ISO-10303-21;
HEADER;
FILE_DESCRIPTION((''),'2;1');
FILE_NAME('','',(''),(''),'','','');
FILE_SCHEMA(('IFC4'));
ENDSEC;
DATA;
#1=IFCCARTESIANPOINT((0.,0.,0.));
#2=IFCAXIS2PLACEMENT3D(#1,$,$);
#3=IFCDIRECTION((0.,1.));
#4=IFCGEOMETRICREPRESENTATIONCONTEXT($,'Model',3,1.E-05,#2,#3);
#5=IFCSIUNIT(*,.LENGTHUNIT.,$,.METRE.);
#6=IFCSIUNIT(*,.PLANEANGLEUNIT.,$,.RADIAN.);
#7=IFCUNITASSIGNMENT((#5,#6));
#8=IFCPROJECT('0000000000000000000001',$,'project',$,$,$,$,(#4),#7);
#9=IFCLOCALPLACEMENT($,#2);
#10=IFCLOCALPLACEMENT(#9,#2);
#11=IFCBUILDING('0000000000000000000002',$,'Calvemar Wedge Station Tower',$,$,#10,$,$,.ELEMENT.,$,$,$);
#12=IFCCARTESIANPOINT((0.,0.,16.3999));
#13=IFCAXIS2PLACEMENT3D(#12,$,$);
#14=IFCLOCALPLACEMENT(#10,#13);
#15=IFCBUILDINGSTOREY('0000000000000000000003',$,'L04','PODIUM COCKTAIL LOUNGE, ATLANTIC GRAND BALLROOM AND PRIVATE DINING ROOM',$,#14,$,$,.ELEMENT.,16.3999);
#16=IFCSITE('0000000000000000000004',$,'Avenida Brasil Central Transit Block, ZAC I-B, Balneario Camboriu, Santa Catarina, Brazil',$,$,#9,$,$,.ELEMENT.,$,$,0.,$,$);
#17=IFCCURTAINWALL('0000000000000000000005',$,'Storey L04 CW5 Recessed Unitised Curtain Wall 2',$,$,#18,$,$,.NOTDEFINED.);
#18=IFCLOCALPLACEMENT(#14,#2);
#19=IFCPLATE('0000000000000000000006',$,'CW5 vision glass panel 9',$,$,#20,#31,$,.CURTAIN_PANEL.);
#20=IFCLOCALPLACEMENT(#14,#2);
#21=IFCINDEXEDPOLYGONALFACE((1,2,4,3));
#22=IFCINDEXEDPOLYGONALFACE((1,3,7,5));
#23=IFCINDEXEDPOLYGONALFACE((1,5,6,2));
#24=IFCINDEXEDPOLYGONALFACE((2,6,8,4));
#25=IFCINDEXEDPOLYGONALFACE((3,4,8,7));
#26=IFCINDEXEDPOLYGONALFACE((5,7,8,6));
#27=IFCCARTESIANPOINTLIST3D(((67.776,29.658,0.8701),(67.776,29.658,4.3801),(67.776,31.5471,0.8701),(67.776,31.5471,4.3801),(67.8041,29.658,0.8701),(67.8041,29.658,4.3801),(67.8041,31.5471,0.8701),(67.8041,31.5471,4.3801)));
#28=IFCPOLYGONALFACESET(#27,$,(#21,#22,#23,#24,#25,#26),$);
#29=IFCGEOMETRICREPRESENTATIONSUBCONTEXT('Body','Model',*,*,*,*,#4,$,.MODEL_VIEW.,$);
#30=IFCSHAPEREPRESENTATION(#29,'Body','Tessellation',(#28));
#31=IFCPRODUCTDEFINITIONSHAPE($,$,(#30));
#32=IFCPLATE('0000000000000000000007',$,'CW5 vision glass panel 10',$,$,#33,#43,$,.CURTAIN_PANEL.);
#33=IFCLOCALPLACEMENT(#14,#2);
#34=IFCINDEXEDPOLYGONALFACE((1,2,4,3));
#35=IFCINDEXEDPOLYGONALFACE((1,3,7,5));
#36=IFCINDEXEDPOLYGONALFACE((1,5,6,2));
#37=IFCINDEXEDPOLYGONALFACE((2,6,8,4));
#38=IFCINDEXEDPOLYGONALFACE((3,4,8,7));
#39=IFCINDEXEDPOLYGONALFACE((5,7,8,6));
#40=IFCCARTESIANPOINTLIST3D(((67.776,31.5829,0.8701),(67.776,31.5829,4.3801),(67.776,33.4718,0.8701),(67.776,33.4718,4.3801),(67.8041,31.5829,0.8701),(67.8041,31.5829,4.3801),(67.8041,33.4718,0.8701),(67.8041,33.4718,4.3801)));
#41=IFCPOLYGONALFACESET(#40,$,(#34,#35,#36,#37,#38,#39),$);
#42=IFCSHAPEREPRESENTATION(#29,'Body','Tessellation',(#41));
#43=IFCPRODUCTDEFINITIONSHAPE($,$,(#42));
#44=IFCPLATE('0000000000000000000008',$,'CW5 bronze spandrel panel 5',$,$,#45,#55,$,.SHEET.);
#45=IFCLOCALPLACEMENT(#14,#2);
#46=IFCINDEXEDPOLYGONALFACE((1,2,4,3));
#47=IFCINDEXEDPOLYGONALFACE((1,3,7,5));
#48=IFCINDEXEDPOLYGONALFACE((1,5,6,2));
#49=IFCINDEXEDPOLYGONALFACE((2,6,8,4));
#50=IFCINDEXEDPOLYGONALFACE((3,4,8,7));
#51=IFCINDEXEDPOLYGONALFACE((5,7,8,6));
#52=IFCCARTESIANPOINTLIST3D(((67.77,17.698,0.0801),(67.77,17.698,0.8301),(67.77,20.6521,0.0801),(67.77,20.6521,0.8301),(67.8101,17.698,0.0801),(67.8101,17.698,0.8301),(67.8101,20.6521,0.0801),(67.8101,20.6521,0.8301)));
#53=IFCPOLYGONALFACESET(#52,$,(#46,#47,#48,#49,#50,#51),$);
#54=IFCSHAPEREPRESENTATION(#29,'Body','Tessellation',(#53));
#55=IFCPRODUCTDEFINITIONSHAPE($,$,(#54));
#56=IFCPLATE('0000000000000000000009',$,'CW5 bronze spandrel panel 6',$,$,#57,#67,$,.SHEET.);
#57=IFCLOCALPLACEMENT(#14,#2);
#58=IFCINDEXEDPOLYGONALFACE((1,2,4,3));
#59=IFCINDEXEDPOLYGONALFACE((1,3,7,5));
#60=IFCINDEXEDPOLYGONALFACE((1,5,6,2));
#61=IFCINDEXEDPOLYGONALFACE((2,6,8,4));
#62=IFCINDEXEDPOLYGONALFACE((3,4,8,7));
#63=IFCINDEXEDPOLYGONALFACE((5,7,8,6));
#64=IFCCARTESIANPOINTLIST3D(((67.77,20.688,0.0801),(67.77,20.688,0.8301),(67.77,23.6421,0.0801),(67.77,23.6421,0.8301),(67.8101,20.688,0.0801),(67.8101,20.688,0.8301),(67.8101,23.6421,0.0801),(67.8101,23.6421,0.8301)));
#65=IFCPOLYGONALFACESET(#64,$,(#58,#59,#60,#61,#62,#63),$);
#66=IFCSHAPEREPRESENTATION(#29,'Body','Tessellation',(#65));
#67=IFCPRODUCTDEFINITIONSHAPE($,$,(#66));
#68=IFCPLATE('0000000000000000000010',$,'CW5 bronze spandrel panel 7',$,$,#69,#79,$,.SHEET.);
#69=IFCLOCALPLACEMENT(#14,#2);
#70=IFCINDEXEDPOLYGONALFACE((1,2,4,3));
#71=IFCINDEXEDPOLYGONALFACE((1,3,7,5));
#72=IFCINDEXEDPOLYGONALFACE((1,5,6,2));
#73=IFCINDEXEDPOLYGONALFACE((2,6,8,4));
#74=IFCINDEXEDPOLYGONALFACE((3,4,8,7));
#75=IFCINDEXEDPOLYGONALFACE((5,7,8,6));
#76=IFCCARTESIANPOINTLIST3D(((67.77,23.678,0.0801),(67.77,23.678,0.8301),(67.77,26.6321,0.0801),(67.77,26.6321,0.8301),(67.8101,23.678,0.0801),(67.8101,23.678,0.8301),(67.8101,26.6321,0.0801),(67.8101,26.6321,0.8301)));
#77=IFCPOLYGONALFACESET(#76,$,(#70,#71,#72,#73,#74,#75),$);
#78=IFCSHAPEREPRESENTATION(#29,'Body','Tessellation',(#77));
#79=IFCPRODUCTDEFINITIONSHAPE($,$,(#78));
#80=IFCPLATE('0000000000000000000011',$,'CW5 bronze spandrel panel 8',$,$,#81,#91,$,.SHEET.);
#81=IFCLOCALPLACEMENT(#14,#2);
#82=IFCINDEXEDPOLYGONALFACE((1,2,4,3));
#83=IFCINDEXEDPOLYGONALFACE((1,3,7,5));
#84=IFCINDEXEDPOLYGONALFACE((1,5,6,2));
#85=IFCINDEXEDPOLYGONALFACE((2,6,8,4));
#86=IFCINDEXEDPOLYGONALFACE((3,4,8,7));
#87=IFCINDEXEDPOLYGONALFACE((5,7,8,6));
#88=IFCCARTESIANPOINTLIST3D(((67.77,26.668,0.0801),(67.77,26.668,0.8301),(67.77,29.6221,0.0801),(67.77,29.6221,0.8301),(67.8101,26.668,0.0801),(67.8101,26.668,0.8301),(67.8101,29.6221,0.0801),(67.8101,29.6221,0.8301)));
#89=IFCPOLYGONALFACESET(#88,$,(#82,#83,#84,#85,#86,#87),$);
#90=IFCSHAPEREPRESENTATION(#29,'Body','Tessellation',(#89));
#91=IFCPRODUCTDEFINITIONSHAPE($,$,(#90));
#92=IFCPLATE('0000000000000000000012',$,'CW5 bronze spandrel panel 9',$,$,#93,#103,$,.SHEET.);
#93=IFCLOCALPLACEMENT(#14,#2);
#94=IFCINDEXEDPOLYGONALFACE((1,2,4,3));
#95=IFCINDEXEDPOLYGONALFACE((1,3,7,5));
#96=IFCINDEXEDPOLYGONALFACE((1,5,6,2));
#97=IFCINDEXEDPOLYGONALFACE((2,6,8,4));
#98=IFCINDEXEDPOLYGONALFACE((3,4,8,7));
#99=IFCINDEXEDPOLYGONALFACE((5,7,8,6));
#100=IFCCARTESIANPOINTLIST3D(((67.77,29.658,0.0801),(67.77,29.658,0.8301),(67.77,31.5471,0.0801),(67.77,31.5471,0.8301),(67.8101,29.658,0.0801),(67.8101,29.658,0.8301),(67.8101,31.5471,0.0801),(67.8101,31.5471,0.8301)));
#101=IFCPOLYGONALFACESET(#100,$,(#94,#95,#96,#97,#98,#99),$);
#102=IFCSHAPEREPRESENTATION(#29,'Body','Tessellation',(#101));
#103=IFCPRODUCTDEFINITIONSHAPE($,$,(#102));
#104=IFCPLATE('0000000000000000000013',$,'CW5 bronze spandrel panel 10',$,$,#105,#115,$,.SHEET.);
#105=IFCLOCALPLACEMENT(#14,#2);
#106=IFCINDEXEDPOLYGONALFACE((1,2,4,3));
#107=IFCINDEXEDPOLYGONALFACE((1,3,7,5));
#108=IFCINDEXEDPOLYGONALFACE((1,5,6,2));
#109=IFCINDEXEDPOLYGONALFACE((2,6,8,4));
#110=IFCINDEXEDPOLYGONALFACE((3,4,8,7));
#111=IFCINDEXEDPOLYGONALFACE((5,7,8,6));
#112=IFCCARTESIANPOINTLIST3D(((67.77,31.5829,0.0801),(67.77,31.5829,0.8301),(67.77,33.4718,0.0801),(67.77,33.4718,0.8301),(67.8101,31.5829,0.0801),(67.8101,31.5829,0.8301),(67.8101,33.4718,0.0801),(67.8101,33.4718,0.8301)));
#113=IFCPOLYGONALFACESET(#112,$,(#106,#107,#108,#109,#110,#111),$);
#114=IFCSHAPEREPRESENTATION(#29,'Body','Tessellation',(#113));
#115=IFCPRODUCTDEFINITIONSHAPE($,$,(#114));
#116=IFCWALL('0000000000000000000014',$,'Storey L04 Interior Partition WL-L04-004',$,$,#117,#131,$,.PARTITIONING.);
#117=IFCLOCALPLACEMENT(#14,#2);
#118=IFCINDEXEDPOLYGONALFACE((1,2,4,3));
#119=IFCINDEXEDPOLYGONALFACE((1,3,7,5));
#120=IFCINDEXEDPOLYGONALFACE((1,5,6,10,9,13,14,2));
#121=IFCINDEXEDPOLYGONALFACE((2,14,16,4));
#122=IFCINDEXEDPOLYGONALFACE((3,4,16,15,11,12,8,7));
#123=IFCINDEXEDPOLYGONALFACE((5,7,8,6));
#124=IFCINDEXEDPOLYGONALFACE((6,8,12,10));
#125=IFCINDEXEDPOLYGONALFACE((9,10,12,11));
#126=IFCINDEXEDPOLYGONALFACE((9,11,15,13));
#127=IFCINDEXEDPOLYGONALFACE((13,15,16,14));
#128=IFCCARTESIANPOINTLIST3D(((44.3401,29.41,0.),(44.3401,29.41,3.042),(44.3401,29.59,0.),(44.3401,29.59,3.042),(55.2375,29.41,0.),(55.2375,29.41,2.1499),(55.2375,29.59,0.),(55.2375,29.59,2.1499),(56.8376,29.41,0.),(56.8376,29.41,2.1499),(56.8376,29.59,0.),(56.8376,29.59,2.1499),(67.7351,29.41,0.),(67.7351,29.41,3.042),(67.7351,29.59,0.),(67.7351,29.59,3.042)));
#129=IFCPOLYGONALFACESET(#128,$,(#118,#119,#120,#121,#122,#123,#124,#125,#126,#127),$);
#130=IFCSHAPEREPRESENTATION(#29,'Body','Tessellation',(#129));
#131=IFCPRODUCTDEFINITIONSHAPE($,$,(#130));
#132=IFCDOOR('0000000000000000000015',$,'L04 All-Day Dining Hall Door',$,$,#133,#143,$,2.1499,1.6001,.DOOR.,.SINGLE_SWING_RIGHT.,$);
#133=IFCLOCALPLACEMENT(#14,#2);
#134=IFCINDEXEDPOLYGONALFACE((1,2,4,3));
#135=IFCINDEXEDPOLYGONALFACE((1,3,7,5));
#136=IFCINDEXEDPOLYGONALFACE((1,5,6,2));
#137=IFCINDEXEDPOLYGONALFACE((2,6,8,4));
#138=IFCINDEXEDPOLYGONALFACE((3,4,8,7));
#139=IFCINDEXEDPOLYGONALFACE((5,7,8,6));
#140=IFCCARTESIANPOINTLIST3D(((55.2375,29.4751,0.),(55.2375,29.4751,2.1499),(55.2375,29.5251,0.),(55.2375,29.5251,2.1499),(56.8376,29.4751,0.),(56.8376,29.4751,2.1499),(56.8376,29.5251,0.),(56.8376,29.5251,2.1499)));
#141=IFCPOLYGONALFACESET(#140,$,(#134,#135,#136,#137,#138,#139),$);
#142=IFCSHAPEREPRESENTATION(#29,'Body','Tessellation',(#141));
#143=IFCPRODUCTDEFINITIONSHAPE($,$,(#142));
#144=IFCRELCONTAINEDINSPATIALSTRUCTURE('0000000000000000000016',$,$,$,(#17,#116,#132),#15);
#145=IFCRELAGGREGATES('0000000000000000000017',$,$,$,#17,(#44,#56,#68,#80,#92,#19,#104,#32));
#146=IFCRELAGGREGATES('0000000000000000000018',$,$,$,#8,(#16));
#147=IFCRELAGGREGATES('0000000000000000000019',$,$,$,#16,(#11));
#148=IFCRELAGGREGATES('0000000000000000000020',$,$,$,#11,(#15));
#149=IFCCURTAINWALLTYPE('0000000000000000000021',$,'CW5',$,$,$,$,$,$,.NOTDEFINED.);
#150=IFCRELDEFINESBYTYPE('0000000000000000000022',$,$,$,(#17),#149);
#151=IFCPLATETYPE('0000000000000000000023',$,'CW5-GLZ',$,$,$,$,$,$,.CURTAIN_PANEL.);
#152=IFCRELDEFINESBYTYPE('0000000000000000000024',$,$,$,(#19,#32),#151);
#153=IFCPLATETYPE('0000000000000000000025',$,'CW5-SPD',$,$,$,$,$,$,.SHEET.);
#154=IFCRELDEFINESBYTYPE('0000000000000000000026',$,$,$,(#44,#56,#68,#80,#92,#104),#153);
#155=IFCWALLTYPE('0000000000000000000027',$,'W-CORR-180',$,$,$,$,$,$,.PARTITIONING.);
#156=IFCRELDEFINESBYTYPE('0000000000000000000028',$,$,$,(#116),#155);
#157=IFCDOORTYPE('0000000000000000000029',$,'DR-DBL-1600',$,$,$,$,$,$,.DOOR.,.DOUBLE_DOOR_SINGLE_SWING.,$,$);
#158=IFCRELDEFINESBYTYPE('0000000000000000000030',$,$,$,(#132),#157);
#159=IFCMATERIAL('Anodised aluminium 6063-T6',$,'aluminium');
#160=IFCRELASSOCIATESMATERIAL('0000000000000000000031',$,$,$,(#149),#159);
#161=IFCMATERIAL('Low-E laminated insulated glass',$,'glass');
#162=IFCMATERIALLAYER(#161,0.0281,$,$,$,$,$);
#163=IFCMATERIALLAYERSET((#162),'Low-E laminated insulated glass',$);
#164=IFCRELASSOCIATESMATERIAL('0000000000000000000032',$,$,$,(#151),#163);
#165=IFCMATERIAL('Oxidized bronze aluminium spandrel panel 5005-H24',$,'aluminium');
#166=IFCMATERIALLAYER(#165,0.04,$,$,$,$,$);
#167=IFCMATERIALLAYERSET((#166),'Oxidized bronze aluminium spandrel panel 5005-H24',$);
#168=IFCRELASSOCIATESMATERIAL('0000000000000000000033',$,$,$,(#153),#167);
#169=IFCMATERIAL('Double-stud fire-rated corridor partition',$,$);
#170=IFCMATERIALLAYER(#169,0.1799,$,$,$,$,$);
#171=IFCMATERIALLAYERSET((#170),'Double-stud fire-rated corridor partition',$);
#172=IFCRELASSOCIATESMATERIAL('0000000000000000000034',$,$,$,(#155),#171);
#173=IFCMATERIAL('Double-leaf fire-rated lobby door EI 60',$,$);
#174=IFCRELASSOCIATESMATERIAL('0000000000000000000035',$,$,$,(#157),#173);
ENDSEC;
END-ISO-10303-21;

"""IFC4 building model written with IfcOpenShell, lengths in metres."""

from ifc_helpers import new_model, si_unit, direction, frame, frame_2d, origin, place, context, subcontext, project, spatial, rectangle, extrude, source, transform, mapped, material, layer, layer_set, type_object, element, fill, aggregate, save


model = new_model("IFC4")

# Units and contexts
model_context = context("Model", 3, precision=1e-05, world=origin(), true_north=direction((0.0, 1.0)))
body_context = subcontext(model_context, "Body", "Model", "MODEL_VIEW")
ifc_project = project(units=[si_unit("LENGTHUNIT", "METRE"), si_unit("PLANEANGLEUNIT", "RADIAN")], contexts=[model_context])

# Site, building, storey
site_placement = place(None, origin())
site = spatial("IfcSite", under=ifc_project, at=site_placement, Name="Avenida Brasil Central Transit Block, ZAC I-B, Balneario Camboriu, Santa Catarina, Brazil", CompositionType="ELEMENT", RefElevation=0.0)
building_placement = place(site_placement, origin())
building = spatial("IfcBuilding", under=site, at=building_placement, Name="Calvemar Wedge Station Tower", CompositionType="ELEMENT")
storey_placement = place(building_placement, frame((0.0, 0.0, 16.3999)))
storey = spatial("IfcBuildingStorey", under=building, at=storey_placement, Name="L04", Description="PODIUM COCKTAIL LOUNGE, ATLANTIC GRAND BALLROOM AND PRIVATE DINING ROOM", CompositionType="ELEMENT", Elevation=16.3999)

# Curtain wall, plates
ifc_material_1 = material(Name="Anodised aluminium 6063-T6", Category="aluminium")
curtain_wall_type = type_object("IfcCurtainWallType", Name="CW5", PredefinedType="NOTDEFINED", material=ifc_material_1)
curtain_wall_placement = place(storey_placement, origin())
curtain_wall = element("IfcCurtainWall", 1, at=curtain_wall_placement, inside=storey, type_object=curtain_wall_type, Name="Storey L04 CW5 Recessed Unitised Curtain Wall 2", PredefinedType="NOTDEFINED")
ifc_material_2 = material(Name="Low-E laminated insulated glass", Category="glass")
ifc_layer_1 = layer(ifc_material_2, 0.0281)
ifc_layer_set_1 = layer_set([ifc_layer_1], Name="Low-E laminated insulated glass")
plate_type_1 = type_object("IfcPlateType", Name="CW5-GLZ", PredefinedType="CURTAIN_PANEL", material=ifc_layer_set_1)
plate_1_placement = place(storey_placement, frame((67.79, 29.658, 0.8701), z_axis=(0.0, 0.0, 1.0), x_axis=(0.0, 1.0, 0.0)))
plate_1 = element("IfcPlate", 2, at=plate_1_placement, type_object=plate_type_1, Name="CW5 vision glass panel 9", PredefinedType="CURTAIN_PANEL", context=body_context, shape_type="SweptSolid", body=[
    extrude(rectangle(XDim=1.8892, YDim=0.0281, at=frame_2d((0.9446, 0.0))), origin(), (0.0, 0.0, 1.0), 3.51),
])
plate_2_placement = place(storey_placement, frame((67.79, 31.583, 0.8701), z_axis=(0.0, 0.0, 1.0), x_axis=(0.0, 1.0, 0.0)))
plate_2 = element("IfcPlate", 3, at=plate_2_placement, type_object=plate_type_1, Name="CW5 vision glass panel 10", PredefinedType="CURTAIN_PANEL", context=body_context, shape_type="SweptSolid", body=[
    extrude(rectangle(XDim=1.8889, YDim=0.0281, at=frame_2d((0.9443, 0.0))), origin(), (0.0, 0.0, 1.0), 3.51),
])
ifc_material_3 = material(Name="Oxidized bronze aluminium spandrel panel 5005-H24", Category="aluminium")
ifc_layer_2 = layer(ifc_material_3, 0.04)
ifc_layer_set_2 = layer_set([ifc_layer_2], Name="Oxidized bronze aluminium spandrel panel 5005-H24")
plate_type_2 = type_object("IfcPlateType", Name="CW5-SPD", PredefinedType="SHEET", material=ifc_layer_set_2)
plate_3_placement = place(storey_placement, frame((67.79, 17.698, 0.0801), z_axis=(0.0, 0.0, 1.0), x_axis=(0.0, 1.0, 0.0)))
plate_3 = element("IfcPlate", 4, at=plate_3_placement, type_object=plate_type_2, Name="CW5 bronze spandrel panel 5", PredefinedType="SHEET", context=body_context, shape_type="SweptSolid", body=[
    extrude(rectangle(XDim=2.9541, YDim=0.04, at=frame_2d((1.4771, 0.0))), origin(), (0.0, 0.0, 1.0), 0.75),
])
plate_4_placement = place(storey_placement, frame((67.79, 20.688, 0.0801), z_axis=(0.0, 0.0, 1.0), x_axis=(0.0, 1.0, 0.0)))
plate_4 = element("IfcPlate", 5, at=plate_4_placement, type_object=plate_type_2, Name="CW5 bronze spandrel panel 6", PredefinedType="SHEET", context=body_context, shape_type="SweptSolid", body=[
    extrude(rectangle(XDim=2.9541, YDim=0.04, at=frame_2d((1.4771, 0.0))), origin(), (0.0, 0.0, 1.0), 0.75),
])
plate_5_placement = place(storey_placement, frame((67.79, 23.678, 0.0801), z_axis=(0.0, 0.0, 1.0), x_axis=(0.0, 1.0, 0.0)))
plate_5 = element("IfcPlate", 6, at=plate_5_placement, type_object=plate_type_2, Name="CW5 bronze spandrel panel 7", PredefinedType="SHEET", context=body_context, shape_type="SweptSolid", body=[
    extrude(rectangle(XDim=2.9541, YDim=0.04, at=frame_2d((1.4771, 0.0))), origin(), (0.0, 0.0, 1.0), 0.75),
])
plate_6_placement = place(storey_placement, frame((67.79, 26.668, 0.0801), z_axis=(0.0, 0.0, 1.0), x_axis=(0.0, 1.0, 0.0)))
plate_6 = element("IfcPlate", 7, at=plate_6_placement, type_object=plate_type_2, Name="CW5 bronze spandrel panel 8", PredefinedType="SHEET", context=body_context, shape_type="SweptSolid", body=[
    extrude(rectangle(XDim=2.9541, YDim=0.04, at=frame_2d((1.4771, 0.0))), origin(), (0.0, 0.0, 1.0), 0.75),
])
plate_7_placement = place(storey_placement, frame((67.79, 29.658, 0.0801), z_axis=(0.0, 0.0, 1.0), x_axis=(0.0, 1.0, 0.0)))
plate_7 = element("IfcPlate", 8, at=plate_7_placement, type_object=plate_type_2, Name="CW5 bronze spandrel panel 9", PredefinedType="SHEET", context=body_context, shape_type="SweptSolid", body=[
    extrude(rectangle(XDim=1.8892, YDim=0.04, at=frame_2d((0.9446, 0.0))), origin(), (0.0, 0.0, 1.0), 0.75),
])
plate_8_placement = place(storey_placement, frame((67.79, 31.583, 0.0801), z_axis=(0.0, 0.0, 1.0), x_axis=(0.0, 1.0, 0.0)))
plate_8 = element("IfcPlate", 9, at=plate_8_placement, type_object=plate_type_2, Name="CW5 bronze spandrel panel 10", PredefinedType="SHEET", context=body_context, shape_type="SweptSolid", body=[
    extrude(rectangle(XDim=1.8889, YDim=0.04, at=frame_2d((0.9443, 0.0))), origin(), (0.0, 0.0, 1.0), 0.75),
])
aggregate(curtain_wall, [plate_3, plate_4, plate_5, plate_6, plate_7, plate_1, plate_8, plate_2])

# Wall, opening, door
ifc_material_4 = material(Name="Double-stud fire-rated corridor partition")
ifc_layer_3 = layer(ifc_material_4, 0.1799)
ifc_layer_set_3 = layer_set([ifc_layer_3], Name="Double-stud fire-rated corridor partition")
wall_type = type_object("IfcWallType", Name="W-CORR-180", PredefinedType="PARTITIONING", material=ifc_layer_set_3)
wall_placement = place(storey_placement, frame((67.7351, 29.5, 0.0), z_axis=(0.0, 0.0, 1.0), x_axis=(-1.0, 0.0, 0.0)))
wall = element("IfcWall", 10, at=wall_placement, inside=storey, type_object=wall_type, Name="Storey L04 Interior Partition WL-L04-004", PredefinedType="PARTITIONING", context=body_context, shape_type="SweptSolid", body=[
    extrude(rectangle(XDim=23.395, YDim=0.1799, at=frame_2d((11.6975, 0.0))), origin(), (0.0, 0.0, 1.0), 3.042),
])
shared_shape_1 = source(origin(), body_context, "Body", "SweptSolid", [
    extrude(rectangle(XDim=1.6001, YDim=2.1499, at=frame_2d((0.8, 1.075))), frame((0.0, 0.1001, 0.0), z_axis=(0.0, -1.0, 0.0), x_axis=(1.0, 0.0, 0.0)), (0.0, 0.0, 1.0), 0.2),
])
opening_placement = place(wall_placement, frame((10.8975, 0.0, 0.0)))
opening = element("IfcOpeningElement", 11, at=opening_placement, cuts=wall, PredefinedType="OPENING", context=body_context, shape_type="MappedRepresentation", body=[
    mapped(shared_shape_1, transform((0.0, 0.0, 0.0), scale=1.0)),
])
ifc_material_5 = material(Name="Double-leaf fire-rated lobby door EI 60")
door_type = type_object("IfcDoorType", Name="DR-DBL-1600", OperationType="DOUBLE_DOOR_SINGLE_SWING", PredefinedType="DOOR", material=ifc_material_5)
shared_shape_2 = source(origin(), body_context, "Body", "SweptSolid", [
    extrude(rectangle(XDim=1.6001, YDim=2.1499, at=frame_2d((0.8, 1.075))), frame((0.0, 0.0249, 0.0), z_axis=(0.0, -1.0, 0.0), x_axis=(1.0, 0.0, 0.0)), (0.0, 0.0, 1.0), 0.05),
])
door_placement = place(opening_placement, origin())
door = element("IfcDoor", 12, at=door_placement, inside=storey, type_object=door_type, Name="L04 All-Day Dining Hall Door", OperationType="SINGLE_SWING_RIGHT", OverallHeight=2.1499, OverallWidth=1.6001, PredefinedType="DOOR", context=body_context, shape_type="MappedRepresentation", body=[
    mapped(shared_shape_2, transform((0.0, 0.0, 0.0), scale=1.0)),
])
fill(opening, door)

save(model, "model.ifc")
